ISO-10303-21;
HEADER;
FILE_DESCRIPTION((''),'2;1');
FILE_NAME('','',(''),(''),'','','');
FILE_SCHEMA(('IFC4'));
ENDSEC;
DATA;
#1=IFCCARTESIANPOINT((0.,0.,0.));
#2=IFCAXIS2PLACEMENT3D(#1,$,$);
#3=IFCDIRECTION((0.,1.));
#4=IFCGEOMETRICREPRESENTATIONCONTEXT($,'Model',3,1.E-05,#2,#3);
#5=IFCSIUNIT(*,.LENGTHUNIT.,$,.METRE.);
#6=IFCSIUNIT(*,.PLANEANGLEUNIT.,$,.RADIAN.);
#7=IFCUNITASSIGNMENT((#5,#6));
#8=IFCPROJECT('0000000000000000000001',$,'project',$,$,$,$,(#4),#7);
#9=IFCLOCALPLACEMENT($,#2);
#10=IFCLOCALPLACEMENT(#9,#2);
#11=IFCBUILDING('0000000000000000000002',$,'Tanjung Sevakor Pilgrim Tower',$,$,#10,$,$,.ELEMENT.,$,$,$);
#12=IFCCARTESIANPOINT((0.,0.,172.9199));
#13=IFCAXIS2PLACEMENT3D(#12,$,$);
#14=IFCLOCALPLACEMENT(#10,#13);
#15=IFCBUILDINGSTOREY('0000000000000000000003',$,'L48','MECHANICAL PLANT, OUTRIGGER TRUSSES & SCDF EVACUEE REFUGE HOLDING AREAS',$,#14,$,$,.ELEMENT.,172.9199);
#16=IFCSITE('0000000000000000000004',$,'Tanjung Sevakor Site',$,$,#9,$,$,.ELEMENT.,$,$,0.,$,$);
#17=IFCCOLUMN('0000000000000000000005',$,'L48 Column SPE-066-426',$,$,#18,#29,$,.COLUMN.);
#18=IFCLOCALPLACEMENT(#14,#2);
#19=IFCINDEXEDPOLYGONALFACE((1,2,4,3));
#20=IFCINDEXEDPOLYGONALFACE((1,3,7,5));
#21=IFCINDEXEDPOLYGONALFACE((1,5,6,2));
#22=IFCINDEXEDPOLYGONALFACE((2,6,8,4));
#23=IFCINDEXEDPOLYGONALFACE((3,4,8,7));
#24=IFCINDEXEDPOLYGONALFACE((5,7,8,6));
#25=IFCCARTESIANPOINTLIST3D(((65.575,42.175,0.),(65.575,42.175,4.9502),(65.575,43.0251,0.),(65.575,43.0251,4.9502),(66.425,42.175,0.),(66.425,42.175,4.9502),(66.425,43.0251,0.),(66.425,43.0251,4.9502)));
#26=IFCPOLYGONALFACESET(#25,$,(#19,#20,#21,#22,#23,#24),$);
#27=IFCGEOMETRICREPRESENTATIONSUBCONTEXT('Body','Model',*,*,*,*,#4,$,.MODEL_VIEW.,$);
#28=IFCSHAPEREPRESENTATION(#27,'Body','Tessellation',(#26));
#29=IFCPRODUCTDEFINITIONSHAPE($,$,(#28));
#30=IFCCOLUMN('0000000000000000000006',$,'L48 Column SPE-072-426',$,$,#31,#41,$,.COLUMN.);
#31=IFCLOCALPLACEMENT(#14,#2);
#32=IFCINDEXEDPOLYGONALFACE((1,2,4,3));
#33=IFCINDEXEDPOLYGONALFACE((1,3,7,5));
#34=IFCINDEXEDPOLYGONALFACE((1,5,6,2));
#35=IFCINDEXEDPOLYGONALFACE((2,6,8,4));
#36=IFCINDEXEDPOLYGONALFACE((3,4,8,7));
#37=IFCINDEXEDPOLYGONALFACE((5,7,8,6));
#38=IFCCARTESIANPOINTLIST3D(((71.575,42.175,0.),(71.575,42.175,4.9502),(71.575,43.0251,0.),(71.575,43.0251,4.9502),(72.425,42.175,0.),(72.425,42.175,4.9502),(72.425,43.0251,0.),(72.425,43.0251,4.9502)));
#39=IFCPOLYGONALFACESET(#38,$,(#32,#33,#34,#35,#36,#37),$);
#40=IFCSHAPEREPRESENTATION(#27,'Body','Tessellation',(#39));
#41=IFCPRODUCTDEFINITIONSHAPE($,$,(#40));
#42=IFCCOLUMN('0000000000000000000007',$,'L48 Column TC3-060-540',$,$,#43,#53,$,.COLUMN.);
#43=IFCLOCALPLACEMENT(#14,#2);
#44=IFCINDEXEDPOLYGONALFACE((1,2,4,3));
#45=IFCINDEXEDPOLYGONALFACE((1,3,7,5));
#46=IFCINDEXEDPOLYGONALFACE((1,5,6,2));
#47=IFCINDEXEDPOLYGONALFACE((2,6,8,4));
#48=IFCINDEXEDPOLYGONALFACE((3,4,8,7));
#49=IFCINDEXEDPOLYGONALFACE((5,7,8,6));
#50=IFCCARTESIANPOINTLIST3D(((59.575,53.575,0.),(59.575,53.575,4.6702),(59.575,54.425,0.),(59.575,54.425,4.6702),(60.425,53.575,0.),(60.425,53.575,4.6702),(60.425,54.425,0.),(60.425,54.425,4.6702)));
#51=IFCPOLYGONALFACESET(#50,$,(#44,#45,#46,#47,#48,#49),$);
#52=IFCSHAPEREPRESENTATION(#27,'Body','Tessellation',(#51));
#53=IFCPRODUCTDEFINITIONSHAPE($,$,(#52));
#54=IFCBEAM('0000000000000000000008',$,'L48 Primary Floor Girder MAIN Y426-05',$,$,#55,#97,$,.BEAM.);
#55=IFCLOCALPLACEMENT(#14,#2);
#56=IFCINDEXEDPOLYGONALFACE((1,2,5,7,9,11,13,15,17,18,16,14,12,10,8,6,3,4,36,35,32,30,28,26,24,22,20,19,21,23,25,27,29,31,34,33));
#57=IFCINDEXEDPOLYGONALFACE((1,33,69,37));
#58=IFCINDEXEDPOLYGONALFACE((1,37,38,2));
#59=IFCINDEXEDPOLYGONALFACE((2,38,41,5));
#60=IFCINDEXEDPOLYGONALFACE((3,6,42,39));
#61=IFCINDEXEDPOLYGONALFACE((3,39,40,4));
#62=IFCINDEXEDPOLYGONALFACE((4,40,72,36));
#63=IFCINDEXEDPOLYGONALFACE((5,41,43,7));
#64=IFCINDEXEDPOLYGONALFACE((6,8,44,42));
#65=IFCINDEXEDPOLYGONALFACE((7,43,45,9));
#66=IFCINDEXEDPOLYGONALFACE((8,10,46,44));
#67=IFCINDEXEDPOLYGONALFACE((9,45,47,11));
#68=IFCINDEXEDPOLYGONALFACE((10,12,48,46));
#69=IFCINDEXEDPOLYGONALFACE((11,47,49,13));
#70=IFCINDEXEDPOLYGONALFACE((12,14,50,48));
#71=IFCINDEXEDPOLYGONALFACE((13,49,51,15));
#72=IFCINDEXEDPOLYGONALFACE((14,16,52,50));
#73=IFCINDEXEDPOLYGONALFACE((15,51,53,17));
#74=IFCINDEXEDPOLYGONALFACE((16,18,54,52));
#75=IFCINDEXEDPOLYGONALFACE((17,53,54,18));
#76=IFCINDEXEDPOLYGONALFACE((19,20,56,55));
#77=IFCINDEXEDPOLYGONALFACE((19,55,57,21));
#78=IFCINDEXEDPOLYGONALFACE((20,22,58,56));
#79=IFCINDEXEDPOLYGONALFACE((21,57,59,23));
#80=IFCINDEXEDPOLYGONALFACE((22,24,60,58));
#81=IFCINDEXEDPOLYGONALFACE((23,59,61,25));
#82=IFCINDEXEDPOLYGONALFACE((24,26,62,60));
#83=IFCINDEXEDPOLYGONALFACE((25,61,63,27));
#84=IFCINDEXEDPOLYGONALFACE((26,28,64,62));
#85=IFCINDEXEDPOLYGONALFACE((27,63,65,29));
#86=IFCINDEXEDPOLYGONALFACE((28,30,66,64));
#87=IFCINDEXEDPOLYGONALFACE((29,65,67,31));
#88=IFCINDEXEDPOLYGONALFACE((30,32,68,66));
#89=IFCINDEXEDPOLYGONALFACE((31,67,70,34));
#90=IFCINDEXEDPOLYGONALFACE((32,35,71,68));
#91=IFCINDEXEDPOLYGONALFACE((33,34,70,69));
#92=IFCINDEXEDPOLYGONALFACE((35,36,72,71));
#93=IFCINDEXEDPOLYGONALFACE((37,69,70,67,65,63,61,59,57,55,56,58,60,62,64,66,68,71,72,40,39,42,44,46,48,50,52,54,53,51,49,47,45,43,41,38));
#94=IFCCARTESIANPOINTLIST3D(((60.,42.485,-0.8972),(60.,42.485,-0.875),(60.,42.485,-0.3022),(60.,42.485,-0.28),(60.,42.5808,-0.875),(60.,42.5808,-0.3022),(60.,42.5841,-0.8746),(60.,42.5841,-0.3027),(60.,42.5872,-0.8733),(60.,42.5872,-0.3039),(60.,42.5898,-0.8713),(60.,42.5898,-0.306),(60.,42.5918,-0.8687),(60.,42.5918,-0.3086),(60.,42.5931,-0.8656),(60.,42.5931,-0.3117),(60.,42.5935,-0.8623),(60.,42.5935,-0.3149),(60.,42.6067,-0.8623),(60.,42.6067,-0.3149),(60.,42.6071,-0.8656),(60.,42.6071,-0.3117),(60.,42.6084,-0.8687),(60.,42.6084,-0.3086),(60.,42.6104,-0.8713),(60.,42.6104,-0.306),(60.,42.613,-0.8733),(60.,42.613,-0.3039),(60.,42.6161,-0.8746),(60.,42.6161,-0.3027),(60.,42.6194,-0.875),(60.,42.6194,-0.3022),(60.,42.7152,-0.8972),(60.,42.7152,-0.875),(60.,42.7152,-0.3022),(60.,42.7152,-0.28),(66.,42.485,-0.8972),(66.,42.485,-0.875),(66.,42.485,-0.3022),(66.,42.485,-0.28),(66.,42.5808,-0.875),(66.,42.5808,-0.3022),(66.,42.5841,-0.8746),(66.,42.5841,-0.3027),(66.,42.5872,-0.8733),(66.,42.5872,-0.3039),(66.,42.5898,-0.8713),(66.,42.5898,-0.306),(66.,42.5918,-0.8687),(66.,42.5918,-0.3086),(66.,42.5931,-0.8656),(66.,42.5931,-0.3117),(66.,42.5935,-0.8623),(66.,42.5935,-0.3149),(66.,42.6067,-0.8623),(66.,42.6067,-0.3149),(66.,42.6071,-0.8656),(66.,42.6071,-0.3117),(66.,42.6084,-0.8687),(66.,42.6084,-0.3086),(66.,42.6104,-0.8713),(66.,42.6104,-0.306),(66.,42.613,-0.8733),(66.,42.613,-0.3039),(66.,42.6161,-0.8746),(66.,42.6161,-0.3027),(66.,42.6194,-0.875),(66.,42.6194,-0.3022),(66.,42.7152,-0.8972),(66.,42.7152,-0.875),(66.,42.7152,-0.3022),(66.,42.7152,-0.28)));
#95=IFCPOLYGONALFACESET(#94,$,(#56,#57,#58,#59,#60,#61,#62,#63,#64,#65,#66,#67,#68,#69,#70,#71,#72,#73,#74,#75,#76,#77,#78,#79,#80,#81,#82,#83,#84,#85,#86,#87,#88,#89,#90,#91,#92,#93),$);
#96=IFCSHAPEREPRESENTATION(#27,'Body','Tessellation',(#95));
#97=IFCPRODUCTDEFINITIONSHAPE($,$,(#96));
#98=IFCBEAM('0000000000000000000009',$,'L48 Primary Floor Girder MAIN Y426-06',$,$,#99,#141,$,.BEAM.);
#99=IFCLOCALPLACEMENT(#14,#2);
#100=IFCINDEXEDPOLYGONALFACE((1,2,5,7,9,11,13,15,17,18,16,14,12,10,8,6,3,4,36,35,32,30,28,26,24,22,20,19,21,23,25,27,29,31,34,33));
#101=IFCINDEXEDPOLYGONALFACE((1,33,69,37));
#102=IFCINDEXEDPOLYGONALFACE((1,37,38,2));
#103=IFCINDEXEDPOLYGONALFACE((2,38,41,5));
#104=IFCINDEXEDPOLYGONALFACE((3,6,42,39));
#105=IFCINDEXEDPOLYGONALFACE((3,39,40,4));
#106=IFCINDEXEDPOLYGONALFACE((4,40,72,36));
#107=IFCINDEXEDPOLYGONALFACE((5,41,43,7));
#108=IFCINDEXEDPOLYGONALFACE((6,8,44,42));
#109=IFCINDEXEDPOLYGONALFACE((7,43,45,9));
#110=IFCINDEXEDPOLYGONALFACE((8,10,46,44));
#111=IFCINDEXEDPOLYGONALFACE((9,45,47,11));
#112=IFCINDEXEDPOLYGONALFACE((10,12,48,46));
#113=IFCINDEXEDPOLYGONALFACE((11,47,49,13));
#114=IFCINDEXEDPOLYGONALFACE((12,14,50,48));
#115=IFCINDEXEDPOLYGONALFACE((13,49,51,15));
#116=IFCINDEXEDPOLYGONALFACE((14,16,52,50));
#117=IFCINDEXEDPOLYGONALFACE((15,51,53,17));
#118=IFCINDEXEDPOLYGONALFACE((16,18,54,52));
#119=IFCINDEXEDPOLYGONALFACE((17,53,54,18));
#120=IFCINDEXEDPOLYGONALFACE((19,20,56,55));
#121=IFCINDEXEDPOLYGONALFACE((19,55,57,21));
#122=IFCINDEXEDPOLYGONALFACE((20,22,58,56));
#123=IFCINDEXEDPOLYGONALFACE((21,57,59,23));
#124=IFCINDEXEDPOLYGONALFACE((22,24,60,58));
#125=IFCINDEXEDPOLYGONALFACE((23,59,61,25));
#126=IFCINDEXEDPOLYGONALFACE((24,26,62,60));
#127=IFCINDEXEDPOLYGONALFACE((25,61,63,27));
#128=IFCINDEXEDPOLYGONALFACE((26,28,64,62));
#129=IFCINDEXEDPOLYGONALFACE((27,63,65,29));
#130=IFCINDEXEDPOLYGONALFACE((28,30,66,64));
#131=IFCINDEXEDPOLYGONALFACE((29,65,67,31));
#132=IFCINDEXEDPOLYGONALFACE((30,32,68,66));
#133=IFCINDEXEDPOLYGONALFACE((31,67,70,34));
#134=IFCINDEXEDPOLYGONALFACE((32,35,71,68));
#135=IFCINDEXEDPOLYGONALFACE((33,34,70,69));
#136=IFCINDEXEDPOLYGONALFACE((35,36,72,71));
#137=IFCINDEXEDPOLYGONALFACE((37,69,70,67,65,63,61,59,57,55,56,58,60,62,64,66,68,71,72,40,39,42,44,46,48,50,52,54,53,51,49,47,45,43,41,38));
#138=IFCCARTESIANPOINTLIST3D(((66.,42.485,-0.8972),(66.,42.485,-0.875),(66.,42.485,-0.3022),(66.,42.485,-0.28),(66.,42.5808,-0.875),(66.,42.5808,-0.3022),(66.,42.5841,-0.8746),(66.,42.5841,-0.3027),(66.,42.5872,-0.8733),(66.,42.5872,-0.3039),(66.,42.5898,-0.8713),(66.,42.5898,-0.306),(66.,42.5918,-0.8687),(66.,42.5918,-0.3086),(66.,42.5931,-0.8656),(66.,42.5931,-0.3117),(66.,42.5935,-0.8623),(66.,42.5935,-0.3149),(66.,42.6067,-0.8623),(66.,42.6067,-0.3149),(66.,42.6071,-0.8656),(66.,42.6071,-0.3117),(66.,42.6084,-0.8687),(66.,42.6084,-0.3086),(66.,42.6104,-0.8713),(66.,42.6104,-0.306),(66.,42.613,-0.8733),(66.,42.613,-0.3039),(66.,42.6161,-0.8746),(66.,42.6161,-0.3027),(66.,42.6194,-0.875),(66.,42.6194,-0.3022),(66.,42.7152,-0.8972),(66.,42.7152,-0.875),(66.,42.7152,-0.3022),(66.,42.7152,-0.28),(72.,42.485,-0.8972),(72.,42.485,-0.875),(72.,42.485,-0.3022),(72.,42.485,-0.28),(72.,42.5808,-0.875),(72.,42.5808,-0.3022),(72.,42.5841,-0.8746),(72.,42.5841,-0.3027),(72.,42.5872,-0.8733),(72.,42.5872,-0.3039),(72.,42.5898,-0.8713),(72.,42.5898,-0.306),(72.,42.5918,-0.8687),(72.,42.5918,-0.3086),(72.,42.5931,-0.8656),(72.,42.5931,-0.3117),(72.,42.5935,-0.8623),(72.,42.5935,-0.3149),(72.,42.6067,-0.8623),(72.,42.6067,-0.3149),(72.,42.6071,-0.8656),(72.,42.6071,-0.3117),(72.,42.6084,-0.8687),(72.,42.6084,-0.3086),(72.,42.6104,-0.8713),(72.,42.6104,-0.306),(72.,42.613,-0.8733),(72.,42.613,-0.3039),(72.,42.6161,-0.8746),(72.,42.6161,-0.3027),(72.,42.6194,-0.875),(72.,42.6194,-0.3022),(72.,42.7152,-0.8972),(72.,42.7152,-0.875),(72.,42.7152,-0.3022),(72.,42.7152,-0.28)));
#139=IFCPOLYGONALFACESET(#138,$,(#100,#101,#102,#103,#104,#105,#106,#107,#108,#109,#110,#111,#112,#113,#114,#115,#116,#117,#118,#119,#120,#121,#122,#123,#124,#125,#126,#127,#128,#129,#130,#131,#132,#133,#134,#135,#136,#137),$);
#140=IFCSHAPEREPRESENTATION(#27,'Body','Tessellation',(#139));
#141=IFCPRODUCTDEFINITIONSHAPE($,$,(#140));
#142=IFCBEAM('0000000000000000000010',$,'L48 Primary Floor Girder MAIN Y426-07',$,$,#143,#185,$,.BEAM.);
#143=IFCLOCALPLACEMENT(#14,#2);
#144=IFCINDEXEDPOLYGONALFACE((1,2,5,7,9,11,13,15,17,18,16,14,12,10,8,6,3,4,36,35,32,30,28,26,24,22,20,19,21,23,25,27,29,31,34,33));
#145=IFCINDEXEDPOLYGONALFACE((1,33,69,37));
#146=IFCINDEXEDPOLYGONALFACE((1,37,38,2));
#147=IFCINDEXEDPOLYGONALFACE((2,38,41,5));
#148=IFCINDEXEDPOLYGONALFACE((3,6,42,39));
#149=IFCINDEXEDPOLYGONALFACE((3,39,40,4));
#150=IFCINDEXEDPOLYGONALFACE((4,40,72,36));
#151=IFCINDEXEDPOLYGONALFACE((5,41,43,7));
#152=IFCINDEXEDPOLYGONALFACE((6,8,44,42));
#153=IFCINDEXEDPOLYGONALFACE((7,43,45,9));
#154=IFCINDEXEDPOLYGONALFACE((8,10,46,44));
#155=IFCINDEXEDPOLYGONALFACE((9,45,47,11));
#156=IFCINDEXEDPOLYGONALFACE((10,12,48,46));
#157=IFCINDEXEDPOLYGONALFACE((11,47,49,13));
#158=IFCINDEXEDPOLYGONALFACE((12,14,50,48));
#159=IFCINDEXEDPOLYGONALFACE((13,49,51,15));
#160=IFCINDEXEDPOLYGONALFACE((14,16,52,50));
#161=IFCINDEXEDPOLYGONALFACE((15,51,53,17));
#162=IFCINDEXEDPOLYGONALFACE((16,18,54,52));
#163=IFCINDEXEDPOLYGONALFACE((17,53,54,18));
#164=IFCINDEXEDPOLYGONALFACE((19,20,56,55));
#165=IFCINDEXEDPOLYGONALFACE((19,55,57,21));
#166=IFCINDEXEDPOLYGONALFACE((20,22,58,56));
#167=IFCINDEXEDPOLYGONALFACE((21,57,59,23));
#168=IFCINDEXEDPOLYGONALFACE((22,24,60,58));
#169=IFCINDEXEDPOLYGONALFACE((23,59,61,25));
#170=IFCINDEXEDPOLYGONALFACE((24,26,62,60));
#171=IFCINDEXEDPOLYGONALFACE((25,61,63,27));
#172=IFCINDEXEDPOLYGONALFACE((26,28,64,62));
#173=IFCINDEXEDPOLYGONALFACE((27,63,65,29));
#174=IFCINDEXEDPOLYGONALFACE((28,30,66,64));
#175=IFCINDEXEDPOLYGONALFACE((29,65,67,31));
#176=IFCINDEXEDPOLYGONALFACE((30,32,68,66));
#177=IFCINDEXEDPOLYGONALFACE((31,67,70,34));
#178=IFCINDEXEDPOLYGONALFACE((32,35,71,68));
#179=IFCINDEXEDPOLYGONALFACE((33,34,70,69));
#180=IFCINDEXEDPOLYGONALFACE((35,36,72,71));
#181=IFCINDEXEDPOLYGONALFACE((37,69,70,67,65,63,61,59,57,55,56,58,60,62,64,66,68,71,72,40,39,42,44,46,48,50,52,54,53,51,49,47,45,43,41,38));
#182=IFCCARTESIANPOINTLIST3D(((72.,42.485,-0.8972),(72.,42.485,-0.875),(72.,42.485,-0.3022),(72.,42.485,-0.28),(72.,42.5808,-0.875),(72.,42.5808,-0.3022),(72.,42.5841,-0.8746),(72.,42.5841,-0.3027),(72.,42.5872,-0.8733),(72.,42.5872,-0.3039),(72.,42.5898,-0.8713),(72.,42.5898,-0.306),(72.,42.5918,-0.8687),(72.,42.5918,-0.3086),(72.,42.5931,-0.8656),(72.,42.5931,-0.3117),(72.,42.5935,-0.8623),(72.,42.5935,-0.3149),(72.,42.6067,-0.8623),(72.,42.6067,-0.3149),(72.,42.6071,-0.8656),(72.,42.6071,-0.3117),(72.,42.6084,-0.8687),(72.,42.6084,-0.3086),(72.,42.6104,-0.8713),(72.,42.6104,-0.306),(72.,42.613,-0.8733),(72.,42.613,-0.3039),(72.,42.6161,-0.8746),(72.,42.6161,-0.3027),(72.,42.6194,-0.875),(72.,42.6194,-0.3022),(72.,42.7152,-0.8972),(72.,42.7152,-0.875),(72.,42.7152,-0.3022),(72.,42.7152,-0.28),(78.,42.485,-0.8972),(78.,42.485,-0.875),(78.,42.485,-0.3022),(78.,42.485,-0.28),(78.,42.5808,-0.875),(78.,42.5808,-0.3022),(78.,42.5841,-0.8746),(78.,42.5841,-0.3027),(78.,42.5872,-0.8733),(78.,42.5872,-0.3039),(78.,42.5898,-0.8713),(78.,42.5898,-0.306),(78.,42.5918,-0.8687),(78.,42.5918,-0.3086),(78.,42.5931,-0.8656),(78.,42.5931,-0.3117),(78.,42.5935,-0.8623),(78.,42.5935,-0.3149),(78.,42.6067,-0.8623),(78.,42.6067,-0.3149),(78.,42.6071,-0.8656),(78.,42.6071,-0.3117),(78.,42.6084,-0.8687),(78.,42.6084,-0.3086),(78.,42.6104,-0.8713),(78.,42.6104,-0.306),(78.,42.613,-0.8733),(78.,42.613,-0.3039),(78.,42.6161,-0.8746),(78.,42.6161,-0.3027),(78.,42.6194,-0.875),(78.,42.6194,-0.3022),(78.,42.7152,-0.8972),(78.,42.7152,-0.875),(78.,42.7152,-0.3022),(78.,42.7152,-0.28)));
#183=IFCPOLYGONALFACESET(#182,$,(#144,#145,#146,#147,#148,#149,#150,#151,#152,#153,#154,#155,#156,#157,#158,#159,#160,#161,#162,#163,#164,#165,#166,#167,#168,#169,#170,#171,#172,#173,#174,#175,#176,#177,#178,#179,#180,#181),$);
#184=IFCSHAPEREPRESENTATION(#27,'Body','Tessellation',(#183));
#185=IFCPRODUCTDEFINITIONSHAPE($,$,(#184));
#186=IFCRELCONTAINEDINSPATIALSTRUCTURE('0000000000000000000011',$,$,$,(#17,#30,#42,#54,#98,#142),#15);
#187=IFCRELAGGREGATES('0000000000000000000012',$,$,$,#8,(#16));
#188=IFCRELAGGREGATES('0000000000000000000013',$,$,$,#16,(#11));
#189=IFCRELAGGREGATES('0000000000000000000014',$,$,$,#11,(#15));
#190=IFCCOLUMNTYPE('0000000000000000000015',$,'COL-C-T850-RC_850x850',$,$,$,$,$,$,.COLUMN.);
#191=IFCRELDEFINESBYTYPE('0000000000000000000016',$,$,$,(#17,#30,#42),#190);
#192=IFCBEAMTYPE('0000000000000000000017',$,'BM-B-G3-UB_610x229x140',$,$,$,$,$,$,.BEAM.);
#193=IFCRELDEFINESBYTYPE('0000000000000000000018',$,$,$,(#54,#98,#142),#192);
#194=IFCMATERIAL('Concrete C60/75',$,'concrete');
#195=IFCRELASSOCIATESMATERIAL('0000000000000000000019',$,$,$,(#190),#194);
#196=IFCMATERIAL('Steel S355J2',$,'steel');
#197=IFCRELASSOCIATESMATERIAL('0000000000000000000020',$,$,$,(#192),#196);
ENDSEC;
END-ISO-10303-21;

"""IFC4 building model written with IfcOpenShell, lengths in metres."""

from ifc_helpers import new_model, si_unit, direction, frame, origin, origin_2d, place, context, subcontext, project, spatial, rectangle, i_section, extrude, material, material_profile, profile_set, type_object, element, save


model = new_model("IFC4")

# Units and contexts
model_context = context("Model", 3, precision=1e-05, world=origin(), true_north=direction((0.0, 1.0)))
body_context = subcontext(model_context, "Body", "Model", "MODEL_VIEW")
ifc_project = project(units=[si_unit("LENGTHUNIT", "METRE"), si_unit("PLANEANGLEUNIT", "RADIAN")], contexts=[model_context])

# Site, building, storey
site_placement = place(None, origin())
site = spatial("IfcSite", under=ifc_project, at=site_placement, Name="Tanjung Sevakor Site", CompositionType="ELEMENT", RefElevation=0.0)
building_placement = place(site_placement, origin())
building = spatial("IfcBuilding", under=site, at=building_placement, Name="Tanjung Sevakor Pilgrim Tower", CompositionType="ELEMENT")
storey_placement = place(building_placement, frame((0.0, 0.0, 172.9199)))
storey = spatial("IfcBuildingStorey", under=building, at=storey_placement, Name="L48", Description="MECHANICAL PLANT, OUTRIGGER TRUSSES & SCDF EVACUEE REFUGE HOLDING AREAS", CompositionType="ELEMENT", Elevation=172.9199)

# Columns
ifc_material_1 = material(Name="Concrete C60/75", Category="concrete")
ifc_material_profile_1 = material_profile(ifc_material_1, rectangle(XDim=0.8501, YDim=0.8501, at=origin_2d()))
ifc_profile_set_1 = profile_set([ifc_material_profile_1], Name="Concrete C60/75")
column_type = type_object("IfcColumnType", Name="COL-C-T850-RC_850x850", PredefinedType="COLUMN", material=ifc_profile_set_1)
for number, where, z_axis, x_axis, name in (
    (1, (66.0, 42.6001, 0.0), (0.0, 0.0, 1.0), (1.0, 0.0, 0.0), "L48 Column SPE-066-426"),
    (2, (72.0, 42.6001, 0.0), (0.0, 0.0, 1.0), (1.0, 0.0, 0.0), "L48 Column SPE-072-426"),
):
    element("IfcColumn", number, at=place(storey_placement, frame(where, z_axis=z_axis, x_axis=x_axis)), inside=storey, type_object=column_type, Name=name, PredefinedType="COLUMN", context=body_context, shape_type="SweptSolid", body=[
        extrude(rectangle(XDim=0.8501, YDim=0.8501, at=origin_2d()), origin(), (0.0, 0.0, 1.0), 4.9502),
    ])
column_placement = place(storey_placement, frame((60.0, 54.0, 0.0), z_axis=(0.0, 0.0, 1.0), x_axis=(1.0, 0.0, 0.0)))
element("IfcColumn", 3, at=column_placement, inside=storey, type_object=column_type, Name="L48 Column TC3-060-540", PredefinedType="COLUMN", context=body_context, shape_type="SweptSolid", body=[
    extrude(rectangle(XDim=0.8501, YDim=0.8501, at=origin_2d()), origin(), (0.0, 0.0, 1.0), 4.6702),
])

# Beams
ifc_material_2 = material(Name="Steel S355J2", Category="steel")
ifc_material_profile_2 = material_profile(ifc_material_2, i_section(OverallWidth=0.2302, OverallDepth=0.6172, WebThickness=0.0132, FlangeThickness=0.0222, FilletRadius=0.0127, at=origin_2d()))
ifc_profile_set_2 = profile_set([ifc_material_profile_2], Name="Steel S355J2")
beam_type_1 = type_object("IfcBeamType", Name="BM-B-G3-UB_610x229x140", PredefinedType="BEAM", material=ifc_profile_set_2)
for number, where, z_axis, x_axis, name in (
    (4, (60.0, 42.6001, -0.5886), (1.0, 0.0, 0.0), (0.0, 1.0, 0.0), "L48 Primary Floor Girder MAIN Y426-05"),
    (5, (66.0, 42.6001, -0.5886), (1.0, 0.0, 0.0), (0.0, 1.0, 0.0), "L48 Primary Floor Girder MAIN Y426-06"),
    (6, (72.0, 42.6001, -0.5886), (1.0, 0.0, 0.0), (0.0, 1.0, 0.0), "L48 Primary Floor Girder MAIN Y426-07"),
):
    element("IfcBeam", number, at=place(storey_placement, frame(where, z_axis=z_axis, x_axis=x_axis)), inside=storey, type_object=beam_type_1, Name=name, PredefinedType="BEAM", context=body_context, shape_type="SweptSolid", body=[
        extrude(i_section(OverallWidth=0.2302, OverallDepth=0.6172, WebThickness=0.0132, FlangeThickness=0.0222, FilletRadius=0.0127, at=origin_2d()), origin(), (0.0, 0.0, 1.0), 6.0),
    ])

save(model, "model.ifc")
